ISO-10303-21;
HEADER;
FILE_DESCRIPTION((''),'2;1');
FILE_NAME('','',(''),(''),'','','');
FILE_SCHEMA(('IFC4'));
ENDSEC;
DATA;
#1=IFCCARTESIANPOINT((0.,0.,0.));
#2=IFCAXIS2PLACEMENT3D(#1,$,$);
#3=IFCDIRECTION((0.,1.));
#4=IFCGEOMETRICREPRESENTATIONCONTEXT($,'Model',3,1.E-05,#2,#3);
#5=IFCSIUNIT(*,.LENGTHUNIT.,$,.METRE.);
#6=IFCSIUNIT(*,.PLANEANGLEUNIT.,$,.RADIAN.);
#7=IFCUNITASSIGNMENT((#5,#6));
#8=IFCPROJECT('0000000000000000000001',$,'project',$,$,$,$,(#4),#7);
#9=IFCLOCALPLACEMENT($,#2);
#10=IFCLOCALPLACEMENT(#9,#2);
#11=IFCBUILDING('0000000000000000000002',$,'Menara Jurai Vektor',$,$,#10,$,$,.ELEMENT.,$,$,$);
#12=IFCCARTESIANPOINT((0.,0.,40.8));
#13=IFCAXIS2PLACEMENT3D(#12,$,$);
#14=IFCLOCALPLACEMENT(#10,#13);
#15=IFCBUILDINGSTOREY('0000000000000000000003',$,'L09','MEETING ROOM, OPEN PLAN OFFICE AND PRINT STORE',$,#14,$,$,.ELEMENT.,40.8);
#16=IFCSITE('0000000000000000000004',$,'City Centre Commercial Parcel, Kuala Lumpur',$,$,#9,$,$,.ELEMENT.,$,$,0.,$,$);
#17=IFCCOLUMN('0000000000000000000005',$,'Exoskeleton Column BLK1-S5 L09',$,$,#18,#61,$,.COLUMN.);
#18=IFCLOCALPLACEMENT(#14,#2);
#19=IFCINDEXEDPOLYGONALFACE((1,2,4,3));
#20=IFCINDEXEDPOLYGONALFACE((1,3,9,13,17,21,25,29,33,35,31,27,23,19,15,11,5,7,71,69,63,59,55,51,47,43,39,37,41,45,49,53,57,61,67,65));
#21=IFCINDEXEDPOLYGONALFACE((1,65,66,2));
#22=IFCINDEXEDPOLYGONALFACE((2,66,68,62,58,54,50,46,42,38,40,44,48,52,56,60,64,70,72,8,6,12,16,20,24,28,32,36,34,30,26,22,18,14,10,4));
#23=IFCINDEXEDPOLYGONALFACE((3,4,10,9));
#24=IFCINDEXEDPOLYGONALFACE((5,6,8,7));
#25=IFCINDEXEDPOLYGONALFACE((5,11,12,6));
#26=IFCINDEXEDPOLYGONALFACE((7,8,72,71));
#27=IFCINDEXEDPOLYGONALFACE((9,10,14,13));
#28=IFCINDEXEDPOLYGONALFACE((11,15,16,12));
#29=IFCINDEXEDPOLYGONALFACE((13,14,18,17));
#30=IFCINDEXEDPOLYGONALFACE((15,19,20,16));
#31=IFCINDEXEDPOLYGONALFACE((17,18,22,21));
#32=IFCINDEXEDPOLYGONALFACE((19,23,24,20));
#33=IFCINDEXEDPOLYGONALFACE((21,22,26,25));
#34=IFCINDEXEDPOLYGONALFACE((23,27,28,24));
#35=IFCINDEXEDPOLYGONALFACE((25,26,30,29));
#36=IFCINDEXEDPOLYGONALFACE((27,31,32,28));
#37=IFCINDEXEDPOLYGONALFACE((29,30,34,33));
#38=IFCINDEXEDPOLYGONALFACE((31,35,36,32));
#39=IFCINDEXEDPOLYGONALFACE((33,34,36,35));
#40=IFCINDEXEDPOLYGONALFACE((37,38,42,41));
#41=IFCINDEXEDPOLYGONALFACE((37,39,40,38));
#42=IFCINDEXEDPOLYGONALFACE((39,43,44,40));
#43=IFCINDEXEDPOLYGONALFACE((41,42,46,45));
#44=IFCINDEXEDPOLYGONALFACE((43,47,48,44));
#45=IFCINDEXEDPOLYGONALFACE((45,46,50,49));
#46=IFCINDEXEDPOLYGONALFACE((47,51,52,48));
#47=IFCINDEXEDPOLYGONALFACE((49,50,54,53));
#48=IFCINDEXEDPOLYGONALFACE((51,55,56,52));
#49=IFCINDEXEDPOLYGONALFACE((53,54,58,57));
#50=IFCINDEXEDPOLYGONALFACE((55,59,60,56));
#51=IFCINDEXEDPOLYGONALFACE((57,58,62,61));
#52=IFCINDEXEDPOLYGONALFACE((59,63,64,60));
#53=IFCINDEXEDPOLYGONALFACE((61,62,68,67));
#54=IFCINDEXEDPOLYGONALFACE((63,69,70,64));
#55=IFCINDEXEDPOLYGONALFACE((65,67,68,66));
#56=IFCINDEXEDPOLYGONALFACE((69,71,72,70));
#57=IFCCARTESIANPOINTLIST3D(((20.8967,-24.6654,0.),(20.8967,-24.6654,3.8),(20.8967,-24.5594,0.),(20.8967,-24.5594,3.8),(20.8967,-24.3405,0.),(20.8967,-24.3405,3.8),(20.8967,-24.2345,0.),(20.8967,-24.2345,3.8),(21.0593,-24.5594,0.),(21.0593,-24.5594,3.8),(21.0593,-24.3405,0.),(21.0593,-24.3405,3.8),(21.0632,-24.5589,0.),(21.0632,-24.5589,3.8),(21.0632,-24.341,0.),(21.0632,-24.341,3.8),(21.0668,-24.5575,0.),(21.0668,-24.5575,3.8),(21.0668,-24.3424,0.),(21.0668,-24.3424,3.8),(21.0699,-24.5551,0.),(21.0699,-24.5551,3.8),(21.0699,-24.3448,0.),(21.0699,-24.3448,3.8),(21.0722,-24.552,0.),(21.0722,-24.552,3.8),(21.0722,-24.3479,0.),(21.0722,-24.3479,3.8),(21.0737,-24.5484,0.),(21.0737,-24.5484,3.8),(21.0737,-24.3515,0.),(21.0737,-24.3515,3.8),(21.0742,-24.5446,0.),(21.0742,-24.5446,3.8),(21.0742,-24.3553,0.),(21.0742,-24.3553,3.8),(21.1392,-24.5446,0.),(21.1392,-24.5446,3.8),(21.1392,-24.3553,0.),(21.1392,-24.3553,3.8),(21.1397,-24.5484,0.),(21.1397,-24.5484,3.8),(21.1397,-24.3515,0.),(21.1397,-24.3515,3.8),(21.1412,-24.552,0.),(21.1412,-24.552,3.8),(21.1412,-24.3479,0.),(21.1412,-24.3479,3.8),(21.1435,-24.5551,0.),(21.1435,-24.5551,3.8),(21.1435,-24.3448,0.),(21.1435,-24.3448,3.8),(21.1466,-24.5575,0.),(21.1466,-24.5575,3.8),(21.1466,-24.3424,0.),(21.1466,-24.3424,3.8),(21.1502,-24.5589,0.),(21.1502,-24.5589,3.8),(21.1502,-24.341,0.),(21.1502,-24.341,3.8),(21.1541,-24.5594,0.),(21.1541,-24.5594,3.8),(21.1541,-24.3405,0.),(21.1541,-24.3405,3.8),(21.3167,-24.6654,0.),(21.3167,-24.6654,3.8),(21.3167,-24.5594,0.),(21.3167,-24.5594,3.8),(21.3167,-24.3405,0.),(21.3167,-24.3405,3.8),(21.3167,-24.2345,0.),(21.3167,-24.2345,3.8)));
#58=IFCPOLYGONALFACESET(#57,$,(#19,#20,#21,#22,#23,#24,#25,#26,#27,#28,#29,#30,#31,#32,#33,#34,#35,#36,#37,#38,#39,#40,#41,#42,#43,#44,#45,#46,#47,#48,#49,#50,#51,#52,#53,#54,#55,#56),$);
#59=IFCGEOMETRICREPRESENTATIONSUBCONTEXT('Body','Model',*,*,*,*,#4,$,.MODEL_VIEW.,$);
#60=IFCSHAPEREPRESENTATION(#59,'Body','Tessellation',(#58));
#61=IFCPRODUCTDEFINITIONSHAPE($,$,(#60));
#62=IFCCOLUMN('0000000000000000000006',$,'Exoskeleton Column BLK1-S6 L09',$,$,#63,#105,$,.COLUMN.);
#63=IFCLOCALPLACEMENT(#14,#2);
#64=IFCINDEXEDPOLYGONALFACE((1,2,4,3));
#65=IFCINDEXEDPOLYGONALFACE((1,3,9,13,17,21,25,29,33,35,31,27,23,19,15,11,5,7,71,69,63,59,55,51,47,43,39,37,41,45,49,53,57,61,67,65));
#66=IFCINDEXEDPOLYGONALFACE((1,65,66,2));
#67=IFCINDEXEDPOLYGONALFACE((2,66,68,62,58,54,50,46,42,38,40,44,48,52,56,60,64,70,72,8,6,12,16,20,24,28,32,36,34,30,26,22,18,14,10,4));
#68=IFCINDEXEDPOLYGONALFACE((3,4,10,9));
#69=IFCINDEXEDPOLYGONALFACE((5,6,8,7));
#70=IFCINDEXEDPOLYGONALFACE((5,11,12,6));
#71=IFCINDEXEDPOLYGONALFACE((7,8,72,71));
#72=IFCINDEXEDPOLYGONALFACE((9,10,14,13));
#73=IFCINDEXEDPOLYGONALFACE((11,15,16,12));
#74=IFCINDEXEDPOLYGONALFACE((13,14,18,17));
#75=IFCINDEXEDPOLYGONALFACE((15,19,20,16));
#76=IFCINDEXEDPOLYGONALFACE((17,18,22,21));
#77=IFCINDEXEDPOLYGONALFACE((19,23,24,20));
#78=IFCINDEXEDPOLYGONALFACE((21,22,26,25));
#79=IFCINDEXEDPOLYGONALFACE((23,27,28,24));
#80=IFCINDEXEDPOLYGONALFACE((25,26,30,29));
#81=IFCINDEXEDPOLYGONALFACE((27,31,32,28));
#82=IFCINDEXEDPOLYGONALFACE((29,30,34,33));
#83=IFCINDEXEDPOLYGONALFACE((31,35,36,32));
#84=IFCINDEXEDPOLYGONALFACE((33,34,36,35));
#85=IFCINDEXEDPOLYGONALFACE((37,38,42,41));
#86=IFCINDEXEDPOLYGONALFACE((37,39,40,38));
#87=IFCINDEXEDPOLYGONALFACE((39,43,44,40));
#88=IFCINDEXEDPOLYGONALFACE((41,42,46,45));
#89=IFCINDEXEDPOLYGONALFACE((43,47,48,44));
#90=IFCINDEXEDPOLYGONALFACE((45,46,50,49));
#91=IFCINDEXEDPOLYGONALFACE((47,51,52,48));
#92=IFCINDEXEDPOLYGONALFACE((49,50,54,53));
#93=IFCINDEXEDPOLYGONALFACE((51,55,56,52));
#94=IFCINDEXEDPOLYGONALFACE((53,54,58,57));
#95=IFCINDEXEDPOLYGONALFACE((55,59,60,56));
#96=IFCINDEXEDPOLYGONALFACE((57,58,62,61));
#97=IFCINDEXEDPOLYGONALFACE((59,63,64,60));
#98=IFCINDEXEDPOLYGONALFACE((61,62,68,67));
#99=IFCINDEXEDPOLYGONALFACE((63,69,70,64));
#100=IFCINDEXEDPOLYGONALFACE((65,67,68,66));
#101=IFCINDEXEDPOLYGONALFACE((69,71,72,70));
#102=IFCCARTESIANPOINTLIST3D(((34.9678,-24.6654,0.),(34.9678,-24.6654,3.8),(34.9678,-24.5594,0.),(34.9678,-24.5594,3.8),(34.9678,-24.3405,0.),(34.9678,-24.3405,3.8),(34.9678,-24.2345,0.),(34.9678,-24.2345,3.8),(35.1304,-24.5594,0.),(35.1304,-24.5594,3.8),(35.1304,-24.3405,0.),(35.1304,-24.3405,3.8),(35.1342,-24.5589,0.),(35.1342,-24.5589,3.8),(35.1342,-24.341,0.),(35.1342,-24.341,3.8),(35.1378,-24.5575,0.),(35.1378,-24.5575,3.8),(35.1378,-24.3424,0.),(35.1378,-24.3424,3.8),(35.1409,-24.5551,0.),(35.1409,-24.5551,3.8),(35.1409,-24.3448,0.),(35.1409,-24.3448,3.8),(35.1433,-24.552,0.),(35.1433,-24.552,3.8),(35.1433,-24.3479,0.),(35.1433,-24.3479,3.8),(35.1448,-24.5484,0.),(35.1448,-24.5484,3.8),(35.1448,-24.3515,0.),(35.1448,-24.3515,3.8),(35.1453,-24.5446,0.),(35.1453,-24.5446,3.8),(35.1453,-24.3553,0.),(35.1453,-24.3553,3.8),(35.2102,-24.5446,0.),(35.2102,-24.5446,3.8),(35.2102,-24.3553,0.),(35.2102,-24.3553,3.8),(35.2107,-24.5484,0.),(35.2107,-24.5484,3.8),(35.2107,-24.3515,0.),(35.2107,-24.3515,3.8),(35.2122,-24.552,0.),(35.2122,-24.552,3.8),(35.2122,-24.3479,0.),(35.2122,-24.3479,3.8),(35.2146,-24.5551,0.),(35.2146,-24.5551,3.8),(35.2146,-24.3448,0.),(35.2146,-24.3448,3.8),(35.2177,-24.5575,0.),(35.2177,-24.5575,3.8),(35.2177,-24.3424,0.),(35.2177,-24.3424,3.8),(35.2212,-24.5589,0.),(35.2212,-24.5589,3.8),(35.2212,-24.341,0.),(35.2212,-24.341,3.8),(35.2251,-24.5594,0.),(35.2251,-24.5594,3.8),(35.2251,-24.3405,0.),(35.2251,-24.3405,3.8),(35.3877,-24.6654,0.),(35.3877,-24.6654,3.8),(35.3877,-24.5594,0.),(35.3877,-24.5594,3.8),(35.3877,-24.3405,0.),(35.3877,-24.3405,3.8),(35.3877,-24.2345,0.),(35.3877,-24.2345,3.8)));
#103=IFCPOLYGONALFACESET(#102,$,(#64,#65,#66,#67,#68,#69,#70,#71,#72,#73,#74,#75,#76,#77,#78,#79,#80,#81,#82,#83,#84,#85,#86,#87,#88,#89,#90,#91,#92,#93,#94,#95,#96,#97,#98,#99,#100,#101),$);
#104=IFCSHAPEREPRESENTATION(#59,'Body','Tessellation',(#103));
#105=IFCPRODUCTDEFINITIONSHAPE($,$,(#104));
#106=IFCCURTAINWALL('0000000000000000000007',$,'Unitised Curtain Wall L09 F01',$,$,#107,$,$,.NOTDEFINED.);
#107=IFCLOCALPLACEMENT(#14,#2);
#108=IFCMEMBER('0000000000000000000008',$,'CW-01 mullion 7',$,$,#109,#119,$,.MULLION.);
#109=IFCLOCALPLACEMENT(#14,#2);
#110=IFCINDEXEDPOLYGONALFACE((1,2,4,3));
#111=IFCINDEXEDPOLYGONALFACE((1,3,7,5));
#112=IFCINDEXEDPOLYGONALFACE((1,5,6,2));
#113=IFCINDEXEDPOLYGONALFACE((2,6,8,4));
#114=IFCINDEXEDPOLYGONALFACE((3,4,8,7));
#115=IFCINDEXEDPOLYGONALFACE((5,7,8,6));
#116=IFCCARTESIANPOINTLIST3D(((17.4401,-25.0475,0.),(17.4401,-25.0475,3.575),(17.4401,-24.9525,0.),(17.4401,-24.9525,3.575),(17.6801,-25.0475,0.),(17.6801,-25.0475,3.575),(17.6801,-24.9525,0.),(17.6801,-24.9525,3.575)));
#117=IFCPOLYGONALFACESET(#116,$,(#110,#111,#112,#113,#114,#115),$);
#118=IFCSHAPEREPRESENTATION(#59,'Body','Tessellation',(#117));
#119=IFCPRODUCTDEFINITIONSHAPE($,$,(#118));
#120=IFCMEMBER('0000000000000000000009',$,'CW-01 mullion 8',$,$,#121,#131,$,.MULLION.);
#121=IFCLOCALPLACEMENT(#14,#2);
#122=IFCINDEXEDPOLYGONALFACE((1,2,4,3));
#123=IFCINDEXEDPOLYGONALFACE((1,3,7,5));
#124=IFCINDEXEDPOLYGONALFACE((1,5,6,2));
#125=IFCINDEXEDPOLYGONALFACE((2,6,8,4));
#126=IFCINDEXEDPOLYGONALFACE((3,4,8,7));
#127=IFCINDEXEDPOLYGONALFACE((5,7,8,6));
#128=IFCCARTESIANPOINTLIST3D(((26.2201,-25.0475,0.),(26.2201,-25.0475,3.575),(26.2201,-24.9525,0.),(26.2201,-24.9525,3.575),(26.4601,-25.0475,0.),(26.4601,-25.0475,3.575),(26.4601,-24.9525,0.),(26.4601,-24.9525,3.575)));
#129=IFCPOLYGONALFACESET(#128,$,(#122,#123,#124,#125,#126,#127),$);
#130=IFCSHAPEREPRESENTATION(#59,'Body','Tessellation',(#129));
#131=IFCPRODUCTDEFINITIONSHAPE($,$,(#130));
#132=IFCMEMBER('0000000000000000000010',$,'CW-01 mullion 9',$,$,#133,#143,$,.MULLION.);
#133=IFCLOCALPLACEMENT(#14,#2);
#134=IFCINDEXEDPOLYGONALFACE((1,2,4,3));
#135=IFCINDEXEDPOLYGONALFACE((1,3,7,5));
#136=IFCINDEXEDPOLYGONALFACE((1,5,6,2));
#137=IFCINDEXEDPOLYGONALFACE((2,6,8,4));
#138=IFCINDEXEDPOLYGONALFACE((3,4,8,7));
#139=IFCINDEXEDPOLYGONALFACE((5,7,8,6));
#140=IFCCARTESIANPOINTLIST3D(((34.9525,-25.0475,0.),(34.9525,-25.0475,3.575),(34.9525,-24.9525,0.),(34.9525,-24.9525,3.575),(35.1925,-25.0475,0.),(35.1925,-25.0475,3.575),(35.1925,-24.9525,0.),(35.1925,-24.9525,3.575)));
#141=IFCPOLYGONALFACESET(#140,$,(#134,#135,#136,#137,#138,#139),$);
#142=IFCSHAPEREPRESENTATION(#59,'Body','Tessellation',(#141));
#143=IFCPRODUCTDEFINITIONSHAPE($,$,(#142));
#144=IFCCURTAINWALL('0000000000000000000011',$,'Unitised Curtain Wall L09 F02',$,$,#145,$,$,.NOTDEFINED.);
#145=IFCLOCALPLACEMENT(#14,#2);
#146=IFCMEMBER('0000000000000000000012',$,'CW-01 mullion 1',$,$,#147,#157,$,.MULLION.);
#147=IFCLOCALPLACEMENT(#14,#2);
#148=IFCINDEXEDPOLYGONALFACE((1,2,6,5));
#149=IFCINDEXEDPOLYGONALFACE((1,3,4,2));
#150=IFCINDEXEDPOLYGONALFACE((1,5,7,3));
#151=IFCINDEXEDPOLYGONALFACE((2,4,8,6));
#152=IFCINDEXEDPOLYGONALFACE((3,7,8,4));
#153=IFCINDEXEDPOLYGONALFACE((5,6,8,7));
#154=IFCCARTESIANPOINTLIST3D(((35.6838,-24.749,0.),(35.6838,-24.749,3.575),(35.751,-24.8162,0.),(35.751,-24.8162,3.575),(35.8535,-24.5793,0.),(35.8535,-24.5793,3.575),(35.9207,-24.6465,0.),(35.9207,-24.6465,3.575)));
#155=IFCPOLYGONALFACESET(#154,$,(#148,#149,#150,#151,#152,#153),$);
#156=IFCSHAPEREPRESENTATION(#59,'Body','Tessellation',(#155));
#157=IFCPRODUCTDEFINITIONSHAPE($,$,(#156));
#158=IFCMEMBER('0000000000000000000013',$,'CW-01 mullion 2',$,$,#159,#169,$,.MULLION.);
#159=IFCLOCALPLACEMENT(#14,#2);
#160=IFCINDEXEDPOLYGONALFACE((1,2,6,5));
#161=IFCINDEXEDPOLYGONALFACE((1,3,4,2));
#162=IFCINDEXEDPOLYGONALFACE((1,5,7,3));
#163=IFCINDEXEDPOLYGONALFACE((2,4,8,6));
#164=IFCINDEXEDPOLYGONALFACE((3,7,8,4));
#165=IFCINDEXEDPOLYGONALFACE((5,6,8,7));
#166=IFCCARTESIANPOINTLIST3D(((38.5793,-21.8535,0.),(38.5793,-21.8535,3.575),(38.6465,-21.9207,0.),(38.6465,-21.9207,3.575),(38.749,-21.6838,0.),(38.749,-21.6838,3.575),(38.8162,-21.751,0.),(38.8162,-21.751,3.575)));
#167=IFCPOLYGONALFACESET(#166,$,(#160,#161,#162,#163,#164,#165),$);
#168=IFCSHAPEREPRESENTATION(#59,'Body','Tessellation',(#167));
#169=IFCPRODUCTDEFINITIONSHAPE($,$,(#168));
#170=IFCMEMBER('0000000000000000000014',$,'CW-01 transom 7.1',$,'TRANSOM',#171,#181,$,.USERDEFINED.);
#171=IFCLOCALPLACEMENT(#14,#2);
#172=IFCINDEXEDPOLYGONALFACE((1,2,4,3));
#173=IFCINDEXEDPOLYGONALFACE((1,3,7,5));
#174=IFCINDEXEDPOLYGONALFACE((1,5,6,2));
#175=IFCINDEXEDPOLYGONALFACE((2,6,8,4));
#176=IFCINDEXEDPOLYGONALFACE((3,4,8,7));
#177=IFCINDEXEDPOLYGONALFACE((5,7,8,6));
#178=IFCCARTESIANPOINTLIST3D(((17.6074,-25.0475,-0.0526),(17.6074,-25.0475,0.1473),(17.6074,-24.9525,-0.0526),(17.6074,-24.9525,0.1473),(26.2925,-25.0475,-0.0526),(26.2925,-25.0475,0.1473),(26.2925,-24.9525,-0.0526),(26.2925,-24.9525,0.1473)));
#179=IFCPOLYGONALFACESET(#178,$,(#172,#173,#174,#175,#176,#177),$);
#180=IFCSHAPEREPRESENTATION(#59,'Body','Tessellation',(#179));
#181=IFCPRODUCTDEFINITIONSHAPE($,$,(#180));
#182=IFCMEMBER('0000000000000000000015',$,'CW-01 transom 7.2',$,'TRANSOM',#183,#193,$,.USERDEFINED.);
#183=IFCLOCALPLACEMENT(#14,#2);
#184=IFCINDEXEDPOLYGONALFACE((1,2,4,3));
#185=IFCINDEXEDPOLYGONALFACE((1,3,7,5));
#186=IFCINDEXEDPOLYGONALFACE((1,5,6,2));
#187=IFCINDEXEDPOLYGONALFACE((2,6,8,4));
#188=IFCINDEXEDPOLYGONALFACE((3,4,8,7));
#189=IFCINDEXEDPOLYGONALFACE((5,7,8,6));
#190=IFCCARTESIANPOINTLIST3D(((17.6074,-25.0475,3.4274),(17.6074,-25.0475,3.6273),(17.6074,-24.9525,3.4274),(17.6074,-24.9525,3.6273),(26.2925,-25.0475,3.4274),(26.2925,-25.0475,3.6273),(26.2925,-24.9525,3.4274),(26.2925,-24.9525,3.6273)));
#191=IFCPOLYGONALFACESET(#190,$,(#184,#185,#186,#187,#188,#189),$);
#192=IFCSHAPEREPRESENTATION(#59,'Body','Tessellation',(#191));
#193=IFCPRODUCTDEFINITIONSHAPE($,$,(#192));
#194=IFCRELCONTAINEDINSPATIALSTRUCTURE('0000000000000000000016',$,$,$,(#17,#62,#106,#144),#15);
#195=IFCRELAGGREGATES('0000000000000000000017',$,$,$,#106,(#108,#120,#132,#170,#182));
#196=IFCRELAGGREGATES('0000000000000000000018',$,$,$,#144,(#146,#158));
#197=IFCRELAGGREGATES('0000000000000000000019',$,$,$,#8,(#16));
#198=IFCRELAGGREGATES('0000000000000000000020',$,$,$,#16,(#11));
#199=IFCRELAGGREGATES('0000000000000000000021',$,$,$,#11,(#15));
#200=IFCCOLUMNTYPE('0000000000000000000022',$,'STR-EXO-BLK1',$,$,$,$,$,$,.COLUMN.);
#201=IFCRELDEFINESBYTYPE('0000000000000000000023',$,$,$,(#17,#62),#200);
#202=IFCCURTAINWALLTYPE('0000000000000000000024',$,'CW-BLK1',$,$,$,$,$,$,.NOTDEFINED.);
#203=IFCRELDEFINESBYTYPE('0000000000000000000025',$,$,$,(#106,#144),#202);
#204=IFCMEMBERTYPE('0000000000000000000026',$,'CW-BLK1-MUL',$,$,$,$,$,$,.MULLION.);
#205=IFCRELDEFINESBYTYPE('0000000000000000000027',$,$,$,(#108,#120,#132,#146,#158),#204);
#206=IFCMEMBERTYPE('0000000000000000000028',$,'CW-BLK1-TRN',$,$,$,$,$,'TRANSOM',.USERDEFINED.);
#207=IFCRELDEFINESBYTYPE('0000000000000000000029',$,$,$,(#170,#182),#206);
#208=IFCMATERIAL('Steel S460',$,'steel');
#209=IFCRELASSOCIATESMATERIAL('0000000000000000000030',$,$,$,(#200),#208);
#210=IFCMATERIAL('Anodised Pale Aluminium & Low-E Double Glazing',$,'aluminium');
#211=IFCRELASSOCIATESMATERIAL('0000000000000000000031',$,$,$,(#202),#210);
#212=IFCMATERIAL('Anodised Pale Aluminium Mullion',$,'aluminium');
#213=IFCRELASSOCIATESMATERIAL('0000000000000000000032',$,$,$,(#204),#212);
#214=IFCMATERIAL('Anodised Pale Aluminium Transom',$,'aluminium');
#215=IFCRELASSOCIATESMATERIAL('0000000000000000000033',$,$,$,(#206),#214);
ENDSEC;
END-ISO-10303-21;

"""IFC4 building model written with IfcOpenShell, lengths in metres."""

from ifc_helpers import new_model, si_unit, direction, frame, origin, origin_2d, place, context, subcontext, project, spatial, rectangle, i_section, extrude, material, material_profile, profile_set, type_object, element, aggregate, save


model = new_model("IFC4")

# Units and contexts
model_context = context("Model", 3, precision=1e-05, world=origin(), true_north=direction((0.0, 1.0)))
body_context = subcontext(model_context, "Body", "Model", "MODEL_VIEW")
ifc_project = project(units=[si_unit("LENGTHUNIT", "METRE"), si_unit("PLANEANGLEUNIT", "RADIAN")], contexts=[model_context])

# Site, building, storey
site_placement = place(None, origin())
site = spatial("IfcSite", under=ifc_project, at=site_placement, Name="City Centre Commercial Parcel, Kuala Lumpur", CompositionType="ELEMENT", RefElevation=0.0)
building_placement = place(site_placement, origin())
building = spatial("IfcBuilding", under=site, at=building_placement, Name="Menara Jurai Vektor", CompositionType="ELEMENT")
storey_placement = place(building_placement, frame((0.0, 0.0, 40.8)))
storey = spatial("IfcBuildingStorey", under=building, at=storey_placement, Name="L09", Description="MEETING ROOM, OPEN PLAN OFFICE AND PRINT STORE", CompositionType="ELEMENT", Elevation=40.8)

# Columns
ifc_material_1 = material(Name="Steel S460", Category="steel")
ifc_material_profile_1 = material_profile(ifc_material_1, i_section(OverallWidth=0.4199, OverallDepth=0.4309, WebThickness=0.0649, FlangeThickness=0.106, FilletRadius=0.0149, at=origin_2d()), Name="HD 400x900")
ifc_profile_set_1 = profile_set([ifc_material_profile_1], Name="Steel S460")
column_type = type_object("IfcColumnType", Name="STR-EXO-BLK1", PredefinedType="COLUMN", material=ifc_profile_set_1)
for number, where, z_axis, x_axis, name in (
    (1, (21.1067, -24.45, 0.0), (0.0, 0.0, 1.0), (1.0, 0.0, 0.0), "Exoskeleton Column BLK1-S5 L09"),
    (2, (35.1777, -24.45, 0.0), (0.0, 0.0, 1.0), (1.0, 0.0, 0.0), "Exoskeleton Column BLK1-S6 L09"),
):
    element("IfcColumn", number, at=place(storey_placement, frame(where, z_axis=z_axis, x_axis=x_axis)), inside=storey, type_object=column_type, Name=name, PredefinedType="COLUMN", context=body_context, shape_type="SweptSolid", body=[
        extrude(i_section(OverallWidth=0.4199, OverallDepth=0.4309, WebThickness=0.0649, FlangeThickness=0.106, FilletRadius=0.0149, at=origin_2d()), origin(), (0.0, 0.0, 1.0), 3.8),
    ])

# Curtain walls, members
ifc_material_2 = material(Name="Anodised Pale Aluminium & Low-E Double Glazing", Category="aluminium")
curtain_wall_type = type_object("IfcCurtainWallType", Name="CW-BLK1", PredefinedType="NOTDEFINED", material=ifc_material_2)
curtain_wall_1_placement = place(storey_placement, origin())
curtain_wall_1 = element("IfcCurtainWall", 3, at=curtain_wall_1_placement, inside=storey, type_object=curtain_wall_type, Name="Unitised Curtain Wall L09 F01", PredefinedType="NOTDEFINED")
ifc_material_3 = material(Name="Anodised Pale Aluminium Mullion", Category="aluminium")
ifc_material_profile_2 = material_profile(ifc_material_3, rectangle(XDim=0.095, YDim=0.24, at=origin_2d()), Name="ALU MUL 95x240")
ifc_profile_set_2 = profile_set([ifc_material_profile_2], Name="Anodised Pale Aluminium Mullion")
member_type_1 = type_object("IfcMemberType", Name="CW-BLK1-MUL", PredefinedType="MULLION", material=ifc_profile_set_2)
member_1_placement = place(storey_placement, frame((17.5601, -25.0, 0.0), z_axis=(0.0, 0.0, 1.0), x_axis=(0.0, 1.0, 0.0)))
member_1 = element("IfcMember", 4, at=member_1_placement, type_object=member_type_1, Name="CW-01 mullion 7", PredefinedType="MULLION", context=body_context, shape_type="SweptSolid", body=[
    extrude(rectangle(XDim=0.095, YDim=0.24, at=origin_2d()), origin(), (0.0, 0.0, 1.0), 3.575),
])
member_2_placement = place(storey_placement, frame((26.3401, -25.0, 0.0), z_axis=(0.0, 0.0, 1.0), x_axis=(0.0, 1.0, 0.0)))
member_2 = element("IfcMember", 5, at=member_2_placement, type_object=member_type_1, Name="CW-01 mullion 8", PredefinedType="MULLION", context=body_context, shape_type="SweptSolid", body=[
    extrude(rectangle(XDim=0.095, YDim=0.24, at=origin_2d()), origin(), (0.0, 0.0, 1.0), 3.575),
])
member_3_placement = place(storey_placement, frame((35.0725, -25.0, 0.0), z_axis=(0.0, 0.0, 1.0), x_axis=(0.0, 1.0, 0.0)))
member_3 = element("IfcMember", 6, at=member_3_placement, type_object=member_type_1, Name="CW-01 mullion 9", PredefinedType="MULLION", context=body_context, shape_type="SweptSolid", body=[
    extrude(rectangle(XDim=0.095, YDim=0.24, at=origin_2d()), origin(), (0.0, 0.0, 1.0), 3.575),
])
curtain_wall_2_placement = place(storey_placement, origin())
curtain_wall_2 = element("IfcCurtainWall", 7, at=curtain_wall_2_placement, inside=storey, type_object=curtain_wall_type, Name="Unitised Curtain Wall L09 F02", PredefinedType="NOTDEFINED")
member_4_placement = place(storey_placement, frame((35.8022, -24.6978, 0.0), z_axis=(0.0, 0.0, 1.0), x_axis=(-0.707107, 0.707107, 0.0)))
member_4 = element("IfcMember", 8, at=member_4_placement, type_object=member_type_1, Name="CW-01 mullion 1", PredefinedType="MULLION", context=body_context, shape_type="SweptSolid", body=[
    extrude(rectangle(XDim=0.095, YDim=0.24, at=origin_2d()), origin(), (0.0, 0.0, 1.0), 3.575),
])
member_5_placement = place(storey_placement, frame((38.6978, -21.8022, 0.0), z_axis=(0.0, 0.0, 1.0), x_axis=(-0.707107, 0.707107, 0.0)))
member_5 = element("IfcMember", 9, at=member_5_placement, type_object=member_type_1, Name="CW-01 mullion 2", PredefinedType="MULLION", context=body_context, shape_type="SweptSolid", body=[
    extrude(rectangle(XDim=0.095, YDim=0.24, at=origin_2d()), origin(), (0.0, 0.0, 1.0), 3.575),
])

# Members
ifc_material_4 = material(Name="Anodised Pale Aluminium Transom", Category="aluminium")
ifc_material_profile_3 = material_profile(ifc_material_4, rectangle(XDim=0.095, YDim=0.2, at=origin_2d()), Name="ALU TRN 95x200")
ifc_profile_set_3 = profile_set([ifc_material_profile_3], Name="Anodised Pale Aluminium Transom")
member_type_2 = type_object("IfcMemberType", Name="CW-BLK1-TRN", ElementType="TRANSOM", PredefinedType="USERDEFINED", material=ifc_profile_set_3)
member_6_placement = place(storey_placement, frame((17.6074, -25.0, 0.0474), z_axis=(1.0, 0.0, 0.0), x_axis=(0.0, 1.0, 0.0)))
member_6 = element("IfcMember", 10, at=member_6_placement, type_object=member_type_2, Name="CW-01 transom 7.1", ObjectType="TRANSOM", PredefinedType="USERDEFINED", context=body_context, shape_type="SweptSolid", body=[
    extrude(rectangle(XDim=0.095, YDim=0.2, at=origin_2d()), origin(), (0.0, 0.0, 1.0), 8.6851),
])
member_7_placement = place(storey_placement, frame((17.6074, -25.0, 3.5273), z_axis=(1.0, 0.0, 0.0), x_axis=(0.0, 1.0, 0.0)))
member_7 = element("IfcMember", 11, at=member_7_placement, type_object=member_type_2, Name="CW-01 transom 7.2", ObjectType="TRANSOM", PredefinedType="USERDEFINED", context=body_context, shape_type="SweptSolid", body=[
    extrude(rectangle(XDim=0.095, YDim=0.2, at=origin_2d()), origin(), (0.0, 0.0, 1.0), 8.6851),
])

aggregate(curtain_wall_1, [member_1, member_2, member_3, member_6, member_7])
aggregate(curtain_wall_2, [member_4, member_5])

save(model, "model.ifc")
